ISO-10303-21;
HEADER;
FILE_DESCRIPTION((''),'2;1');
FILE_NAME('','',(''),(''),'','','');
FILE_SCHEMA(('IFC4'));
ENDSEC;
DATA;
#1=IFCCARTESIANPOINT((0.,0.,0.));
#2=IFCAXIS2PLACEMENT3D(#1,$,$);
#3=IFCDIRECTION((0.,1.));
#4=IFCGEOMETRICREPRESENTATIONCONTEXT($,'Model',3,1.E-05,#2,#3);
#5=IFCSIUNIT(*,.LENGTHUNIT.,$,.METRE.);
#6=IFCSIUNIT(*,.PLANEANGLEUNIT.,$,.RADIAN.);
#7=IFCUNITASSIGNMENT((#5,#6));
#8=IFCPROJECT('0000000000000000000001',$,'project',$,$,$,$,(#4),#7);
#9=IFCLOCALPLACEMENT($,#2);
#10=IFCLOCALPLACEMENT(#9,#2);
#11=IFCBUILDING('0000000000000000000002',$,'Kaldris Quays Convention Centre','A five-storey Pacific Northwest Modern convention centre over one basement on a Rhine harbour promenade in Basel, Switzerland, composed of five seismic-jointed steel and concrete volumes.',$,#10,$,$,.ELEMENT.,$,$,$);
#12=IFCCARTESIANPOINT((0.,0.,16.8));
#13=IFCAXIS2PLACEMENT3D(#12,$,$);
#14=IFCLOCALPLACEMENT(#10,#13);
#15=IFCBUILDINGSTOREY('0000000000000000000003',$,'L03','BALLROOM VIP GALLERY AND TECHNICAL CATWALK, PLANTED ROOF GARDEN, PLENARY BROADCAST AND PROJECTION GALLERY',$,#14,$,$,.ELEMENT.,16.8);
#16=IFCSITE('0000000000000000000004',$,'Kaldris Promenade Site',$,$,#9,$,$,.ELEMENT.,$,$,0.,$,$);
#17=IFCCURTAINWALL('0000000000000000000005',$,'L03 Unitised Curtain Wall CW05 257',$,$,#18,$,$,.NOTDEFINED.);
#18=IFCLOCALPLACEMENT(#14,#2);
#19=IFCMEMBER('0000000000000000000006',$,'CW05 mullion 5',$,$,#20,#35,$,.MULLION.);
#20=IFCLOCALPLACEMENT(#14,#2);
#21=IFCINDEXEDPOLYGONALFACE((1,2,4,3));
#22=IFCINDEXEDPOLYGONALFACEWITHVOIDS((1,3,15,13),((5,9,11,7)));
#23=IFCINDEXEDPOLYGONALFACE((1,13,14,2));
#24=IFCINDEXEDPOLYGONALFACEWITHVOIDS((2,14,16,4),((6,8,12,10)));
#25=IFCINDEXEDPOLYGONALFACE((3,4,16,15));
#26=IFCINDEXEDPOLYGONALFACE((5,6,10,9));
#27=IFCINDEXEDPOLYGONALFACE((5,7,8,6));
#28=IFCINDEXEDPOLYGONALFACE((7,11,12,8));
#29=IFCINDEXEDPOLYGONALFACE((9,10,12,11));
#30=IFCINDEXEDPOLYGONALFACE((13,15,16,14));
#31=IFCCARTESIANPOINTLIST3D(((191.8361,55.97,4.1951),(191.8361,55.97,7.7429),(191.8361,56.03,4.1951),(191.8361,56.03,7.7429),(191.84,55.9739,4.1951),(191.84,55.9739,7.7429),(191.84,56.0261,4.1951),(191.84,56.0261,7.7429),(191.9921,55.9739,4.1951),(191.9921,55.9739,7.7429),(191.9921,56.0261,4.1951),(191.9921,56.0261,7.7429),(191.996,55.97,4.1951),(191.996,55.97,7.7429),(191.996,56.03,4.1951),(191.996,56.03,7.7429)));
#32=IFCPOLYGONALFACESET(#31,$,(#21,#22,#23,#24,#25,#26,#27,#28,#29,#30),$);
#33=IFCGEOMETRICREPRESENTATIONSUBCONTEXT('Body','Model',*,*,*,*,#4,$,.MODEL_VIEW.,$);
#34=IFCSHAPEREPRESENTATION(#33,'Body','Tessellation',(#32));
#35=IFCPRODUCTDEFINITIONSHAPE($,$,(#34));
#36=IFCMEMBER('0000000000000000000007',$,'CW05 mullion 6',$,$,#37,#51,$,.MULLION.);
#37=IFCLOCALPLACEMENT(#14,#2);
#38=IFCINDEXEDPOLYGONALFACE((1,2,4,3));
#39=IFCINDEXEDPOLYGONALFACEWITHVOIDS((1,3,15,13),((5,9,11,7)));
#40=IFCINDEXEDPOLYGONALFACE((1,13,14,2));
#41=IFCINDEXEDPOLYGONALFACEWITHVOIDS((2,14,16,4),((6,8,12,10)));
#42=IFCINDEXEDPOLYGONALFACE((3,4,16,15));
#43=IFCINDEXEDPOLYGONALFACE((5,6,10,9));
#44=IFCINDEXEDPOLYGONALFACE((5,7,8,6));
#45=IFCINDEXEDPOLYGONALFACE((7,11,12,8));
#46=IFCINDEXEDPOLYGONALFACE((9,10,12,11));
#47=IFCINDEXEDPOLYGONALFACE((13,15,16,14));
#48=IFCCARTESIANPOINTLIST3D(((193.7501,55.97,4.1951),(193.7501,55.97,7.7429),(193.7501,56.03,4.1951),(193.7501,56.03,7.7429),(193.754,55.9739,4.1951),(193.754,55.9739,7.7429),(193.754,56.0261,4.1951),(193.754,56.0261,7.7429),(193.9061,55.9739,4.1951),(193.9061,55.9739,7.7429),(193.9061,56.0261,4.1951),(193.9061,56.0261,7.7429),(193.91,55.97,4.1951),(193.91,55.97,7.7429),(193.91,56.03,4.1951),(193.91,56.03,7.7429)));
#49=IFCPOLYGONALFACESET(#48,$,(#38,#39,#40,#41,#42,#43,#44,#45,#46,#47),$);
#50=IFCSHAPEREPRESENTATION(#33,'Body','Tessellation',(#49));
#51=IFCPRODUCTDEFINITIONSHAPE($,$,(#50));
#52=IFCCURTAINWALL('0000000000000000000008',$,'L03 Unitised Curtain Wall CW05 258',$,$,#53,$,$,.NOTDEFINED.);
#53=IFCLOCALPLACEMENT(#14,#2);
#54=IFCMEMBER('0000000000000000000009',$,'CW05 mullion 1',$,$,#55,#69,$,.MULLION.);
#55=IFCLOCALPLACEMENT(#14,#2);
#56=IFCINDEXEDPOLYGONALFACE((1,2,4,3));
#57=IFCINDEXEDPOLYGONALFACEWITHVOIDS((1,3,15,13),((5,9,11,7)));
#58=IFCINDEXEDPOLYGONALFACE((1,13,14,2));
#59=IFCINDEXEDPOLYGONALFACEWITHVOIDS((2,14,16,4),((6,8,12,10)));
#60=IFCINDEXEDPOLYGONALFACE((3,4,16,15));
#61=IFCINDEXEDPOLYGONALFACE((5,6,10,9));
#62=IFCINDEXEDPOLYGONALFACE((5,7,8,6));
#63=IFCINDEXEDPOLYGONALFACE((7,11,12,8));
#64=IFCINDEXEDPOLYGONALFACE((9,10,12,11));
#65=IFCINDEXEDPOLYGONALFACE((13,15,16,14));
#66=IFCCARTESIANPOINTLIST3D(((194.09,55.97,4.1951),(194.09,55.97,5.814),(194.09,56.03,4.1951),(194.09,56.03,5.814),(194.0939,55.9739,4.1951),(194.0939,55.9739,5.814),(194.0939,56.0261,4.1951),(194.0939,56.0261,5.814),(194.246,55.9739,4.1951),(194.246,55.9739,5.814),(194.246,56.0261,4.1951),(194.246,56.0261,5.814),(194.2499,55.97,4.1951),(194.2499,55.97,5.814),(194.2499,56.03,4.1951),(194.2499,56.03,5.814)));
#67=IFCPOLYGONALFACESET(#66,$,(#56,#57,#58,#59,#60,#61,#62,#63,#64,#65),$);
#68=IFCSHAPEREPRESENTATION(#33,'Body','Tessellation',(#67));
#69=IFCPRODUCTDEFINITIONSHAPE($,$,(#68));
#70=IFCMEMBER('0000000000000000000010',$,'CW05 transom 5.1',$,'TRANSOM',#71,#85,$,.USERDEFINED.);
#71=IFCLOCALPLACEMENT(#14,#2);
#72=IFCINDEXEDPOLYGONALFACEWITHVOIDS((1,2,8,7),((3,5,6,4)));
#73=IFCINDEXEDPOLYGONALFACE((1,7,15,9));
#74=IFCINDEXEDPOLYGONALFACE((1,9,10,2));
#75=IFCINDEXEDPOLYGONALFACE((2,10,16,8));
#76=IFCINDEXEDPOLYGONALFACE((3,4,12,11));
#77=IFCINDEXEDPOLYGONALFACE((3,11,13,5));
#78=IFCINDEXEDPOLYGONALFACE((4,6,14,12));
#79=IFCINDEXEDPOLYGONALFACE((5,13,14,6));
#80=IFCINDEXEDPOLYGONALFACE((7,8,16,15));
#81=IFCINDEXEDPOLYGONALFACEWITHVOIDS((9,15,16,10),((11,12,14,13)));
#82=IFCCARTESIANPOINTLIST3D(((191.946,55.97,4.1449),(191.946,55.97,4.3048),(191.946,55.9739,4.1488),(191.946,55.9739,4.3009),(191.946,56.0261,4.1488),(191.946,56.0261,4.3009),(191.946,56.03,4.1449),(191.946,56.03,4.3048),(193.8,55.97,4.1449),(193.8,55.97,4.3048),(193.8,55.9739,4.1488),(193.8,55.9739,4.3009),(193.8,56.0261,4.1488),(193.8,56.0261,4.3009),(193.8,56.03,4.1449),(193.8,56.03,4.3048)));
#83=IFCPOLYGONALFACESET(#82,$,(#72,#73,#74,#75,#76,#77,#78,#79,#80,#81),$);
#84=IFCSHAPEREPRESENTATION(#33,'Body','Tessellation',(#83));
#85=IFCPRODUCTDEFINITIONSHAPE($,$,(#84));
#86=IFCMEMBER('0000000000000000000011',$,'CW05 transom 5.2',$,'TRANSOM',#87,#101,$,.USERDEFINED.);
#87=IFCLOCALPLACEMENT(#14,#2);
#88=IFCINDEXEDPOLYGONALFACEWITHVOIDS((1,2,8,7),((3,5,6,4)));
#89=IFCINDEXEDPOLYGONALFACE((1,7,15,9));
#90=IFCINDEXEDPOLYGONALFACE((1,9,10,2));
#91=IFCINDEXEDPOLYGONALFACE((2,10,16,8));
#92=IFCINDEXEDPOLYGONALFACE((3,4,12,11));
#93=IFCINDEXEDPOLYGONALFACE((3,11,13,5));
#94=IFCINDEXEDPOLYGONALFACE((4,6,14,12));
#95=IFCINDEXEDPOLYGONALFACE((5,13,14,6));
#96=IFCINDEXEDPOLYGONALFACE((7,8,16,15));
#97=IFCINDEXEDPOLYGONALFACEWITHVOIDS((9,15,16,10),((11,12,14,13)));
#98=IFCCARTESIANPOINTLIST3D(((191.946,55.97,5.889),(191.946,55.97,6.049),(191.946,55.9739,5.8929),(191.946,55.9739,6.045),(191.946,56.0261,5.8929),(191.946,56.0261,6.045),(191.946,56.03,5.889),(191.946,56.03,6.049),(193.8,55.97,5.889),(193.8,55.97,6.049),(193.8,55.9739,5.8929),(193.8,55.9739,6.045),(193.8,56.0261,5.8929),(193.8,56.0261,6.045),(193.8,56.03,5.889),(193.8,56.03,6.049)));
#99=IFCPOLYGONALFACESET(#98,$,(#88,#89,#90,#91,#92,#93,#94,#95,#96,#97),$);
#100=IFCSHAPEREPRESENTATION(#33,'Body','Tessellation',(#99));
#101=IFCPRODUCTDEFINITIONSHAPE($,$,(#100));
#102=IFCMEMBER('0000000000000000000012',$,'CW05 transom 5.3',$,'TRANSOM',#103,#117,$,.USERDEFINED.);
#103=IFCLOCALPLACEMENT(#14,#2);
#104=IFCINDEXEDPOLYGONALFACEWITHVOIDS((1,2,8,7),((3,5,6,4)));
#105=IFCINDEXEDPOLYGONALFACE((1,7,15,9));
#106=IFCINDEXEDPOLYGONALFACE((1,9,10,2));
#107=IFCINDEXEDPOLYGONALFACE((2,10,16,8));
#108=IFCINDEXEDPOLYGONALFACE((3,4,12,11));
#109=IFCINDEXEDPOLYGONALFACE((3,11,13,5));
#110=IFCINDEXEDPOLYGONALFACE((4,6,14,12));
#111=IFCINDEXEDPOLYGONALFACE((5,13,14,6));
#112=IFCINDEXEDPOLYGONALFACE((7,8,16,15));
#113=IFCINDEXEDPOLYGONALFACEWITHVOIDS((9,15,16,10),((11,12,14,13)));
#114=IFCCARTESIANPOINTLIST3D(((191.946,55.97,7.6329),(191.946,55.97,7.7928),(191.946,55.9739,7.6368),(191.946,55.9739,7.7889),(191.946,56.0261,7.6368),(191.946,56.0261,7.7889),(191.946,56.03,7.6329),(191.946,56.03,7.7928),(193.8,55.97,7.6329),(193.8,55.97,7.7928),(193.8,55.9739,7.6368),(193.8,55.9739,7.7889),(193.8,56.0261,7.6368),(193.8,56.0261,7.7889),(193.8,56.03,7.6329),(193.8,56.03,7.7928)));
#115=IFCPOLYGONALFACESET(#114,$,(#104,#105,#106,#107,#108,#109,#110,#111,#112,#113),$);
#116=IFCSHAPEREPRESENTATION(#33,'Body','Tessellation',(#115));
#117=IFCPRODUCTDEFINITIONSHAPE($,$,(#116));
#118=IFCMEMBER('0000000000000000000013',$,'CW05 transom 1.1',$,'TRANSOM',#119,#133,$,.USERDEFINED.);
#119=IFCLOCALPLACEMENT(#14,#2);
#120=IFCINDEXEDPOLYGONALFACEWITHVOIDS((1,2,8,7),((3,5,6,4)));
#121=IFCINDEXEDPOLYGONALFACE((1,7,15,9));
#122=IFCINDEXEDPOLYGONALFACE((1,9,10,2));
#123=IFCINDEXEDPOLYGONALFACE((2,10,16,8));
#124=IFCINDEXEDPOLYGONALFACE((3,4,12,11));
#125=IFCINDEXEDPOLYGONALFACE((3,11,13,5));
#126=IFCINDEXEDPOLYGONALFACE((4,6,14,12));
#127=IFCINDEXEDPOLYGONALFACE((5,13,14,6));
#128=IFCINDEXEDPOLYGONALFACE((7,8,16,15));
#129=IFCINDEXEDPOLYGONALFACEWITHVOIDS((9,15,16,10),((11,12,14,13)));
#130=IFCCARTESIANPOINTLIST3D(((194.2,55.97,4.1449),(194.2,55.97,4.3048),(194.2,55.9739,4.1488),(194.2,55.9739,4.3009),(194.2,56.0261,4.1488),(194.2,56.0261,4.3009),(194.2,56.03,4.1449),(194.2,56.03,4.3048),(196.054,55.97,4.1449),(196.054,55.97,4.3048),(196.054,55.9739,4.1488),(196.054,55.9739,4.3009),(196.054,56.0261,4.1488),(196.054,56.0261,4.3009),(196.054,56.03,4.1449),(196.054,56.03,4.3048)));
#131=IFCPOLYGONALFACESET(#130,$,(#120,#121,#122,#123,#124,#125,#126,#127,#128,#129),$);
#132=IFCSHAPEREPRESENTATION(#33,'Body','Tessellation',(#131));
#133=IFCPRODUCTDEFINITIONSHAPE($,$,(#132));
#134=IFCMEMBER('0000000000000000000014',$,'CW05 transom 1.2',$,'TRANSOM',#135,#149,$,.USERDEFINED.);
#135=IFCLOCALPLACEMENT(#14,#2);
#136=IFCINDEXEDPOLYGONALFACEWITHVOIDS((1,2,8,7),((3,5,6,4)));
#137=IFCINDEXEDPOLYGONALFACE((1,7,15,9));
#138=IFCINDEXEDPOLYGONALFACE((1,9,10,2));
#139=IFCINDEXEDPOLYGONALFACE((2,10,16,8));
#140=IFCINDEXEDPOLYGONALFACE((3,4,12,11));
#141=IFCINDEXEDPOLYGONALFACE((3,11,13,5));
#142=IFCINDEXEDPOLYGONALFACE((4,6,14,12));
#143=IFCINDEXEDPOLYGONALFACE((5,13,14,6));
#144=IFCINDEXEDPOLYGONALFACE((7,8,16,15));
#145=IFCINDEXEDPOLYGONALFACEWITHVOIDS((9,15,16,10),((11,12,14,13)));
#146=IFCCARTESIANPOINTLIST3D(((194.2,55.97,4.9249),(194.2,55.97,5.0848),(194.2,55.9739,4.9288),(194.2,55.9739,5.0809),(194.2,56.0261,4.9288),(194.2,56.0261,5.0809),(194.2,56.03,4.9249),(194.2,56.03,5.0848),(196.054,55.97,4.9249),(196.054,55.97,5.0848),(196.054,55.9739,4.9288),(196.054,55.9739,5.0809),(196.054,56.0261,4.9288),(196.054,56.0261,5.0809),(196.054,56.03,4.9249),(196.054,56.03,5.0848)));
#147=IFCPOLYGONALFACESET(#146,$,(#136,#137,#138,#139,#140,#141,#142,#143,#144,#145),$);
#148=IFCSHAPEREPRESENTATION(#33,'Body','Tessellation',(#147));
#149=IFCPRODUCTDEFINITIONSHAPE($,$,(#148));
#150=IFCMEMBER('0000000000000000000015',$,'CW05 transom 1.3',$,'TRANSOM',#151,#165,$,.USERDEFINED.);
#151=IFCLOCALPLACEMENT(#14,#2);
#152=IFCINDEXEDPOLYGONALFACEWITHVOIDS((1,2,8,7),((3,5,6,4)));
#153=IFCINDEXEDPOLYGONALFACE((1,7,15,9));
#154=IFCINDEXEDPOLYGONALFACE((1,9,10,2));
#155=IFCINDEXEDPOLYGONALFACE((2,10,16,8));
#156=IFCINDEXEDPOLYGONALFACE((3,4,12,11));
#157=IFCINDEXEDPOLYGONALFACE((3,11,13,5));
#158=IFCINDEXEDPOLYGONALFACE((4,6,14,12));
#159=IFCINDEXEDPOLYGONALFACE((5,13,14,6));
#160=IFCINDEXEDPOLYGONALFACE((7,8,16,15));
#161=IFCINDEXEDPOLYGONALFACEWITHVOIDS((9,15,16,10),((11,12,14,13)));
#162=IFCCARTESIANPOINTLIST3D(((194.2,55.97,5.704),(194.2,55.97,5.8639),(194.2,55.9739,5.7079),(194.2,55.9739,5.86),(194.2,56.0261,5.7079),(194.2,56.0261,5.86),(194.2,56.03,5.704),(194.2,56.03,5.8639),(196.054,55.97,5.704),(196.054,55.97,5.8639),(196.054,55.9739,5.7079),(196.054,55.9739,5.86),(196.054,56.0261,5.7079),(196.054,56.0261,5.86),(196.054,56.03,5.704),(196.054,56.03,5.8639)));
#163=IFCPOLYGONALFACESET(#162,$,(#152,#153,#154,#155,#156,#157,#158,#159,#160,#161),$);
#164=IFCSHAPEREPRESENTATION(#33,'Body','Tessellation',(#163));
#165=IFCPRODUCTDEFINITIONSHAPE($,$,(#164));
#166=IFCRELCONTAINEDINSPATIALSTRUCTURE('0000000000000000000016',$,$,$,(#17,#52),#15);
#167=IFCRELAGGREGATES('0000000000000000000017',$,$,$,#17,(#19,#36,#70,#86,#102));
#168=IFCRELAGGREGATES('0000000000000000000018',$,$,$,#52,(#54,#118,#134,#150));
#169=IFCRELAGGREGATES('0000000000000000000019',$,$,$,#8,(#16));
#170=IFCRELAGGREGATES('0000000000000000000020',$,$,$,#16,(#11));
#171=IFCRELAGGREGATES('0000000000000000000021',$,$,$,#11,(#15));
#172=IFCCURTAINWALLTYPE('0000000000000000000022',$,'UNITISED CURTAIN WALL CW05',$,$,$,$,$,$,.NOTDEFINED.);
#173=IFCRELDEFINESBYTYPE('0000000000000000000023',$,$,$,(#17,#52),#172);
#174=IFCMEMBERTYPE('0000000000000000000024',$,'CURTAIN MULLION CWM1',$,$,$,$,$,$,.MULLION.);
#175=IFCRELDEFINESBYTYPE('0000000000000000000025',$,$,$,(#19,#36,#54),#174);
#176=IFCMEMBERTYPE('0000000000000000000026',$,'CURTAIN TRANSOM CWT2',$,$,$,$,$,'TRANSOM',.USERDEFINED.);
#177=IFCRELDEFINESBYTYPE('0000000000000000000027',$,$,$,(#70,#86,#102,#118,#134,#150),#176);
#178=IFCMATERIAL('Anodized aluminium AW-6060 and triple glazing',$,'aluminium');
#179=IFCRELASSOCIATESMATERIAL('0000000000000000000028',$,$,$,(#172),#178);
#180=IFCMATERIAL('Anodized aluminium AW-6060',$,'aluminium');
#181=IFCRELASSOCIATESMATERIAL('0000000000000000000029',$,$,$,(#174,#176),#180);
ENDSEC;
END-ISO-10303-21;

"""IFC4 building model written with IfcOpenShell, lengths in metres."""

from ifc_helpers import new_model, si_unit, direction, frame, origin, origin_2d, place, context, subcontext, project, spatial, hollow_rectangle, extrude, material, material_profile, profile_set, type_object, element, aggregate, save


model = new_model("IFC4")

# Units and contexts
model_context = context("Model", 3, precision=1e-05, world=origin(), true_north=direction((0.0, 1.0)))
body_context = subcontext(model_context, "Body", "Model", "MODEL_VIEW")
ifc_project = project(units=[si_unit("LENGTHUNIT", "METRE"), si_unit("PLANEANGLEUNIT", "RADIAN")], contexts=[model_context])

# Site, building, storey
site_placement = place(None, origin())
site = spatial("IfcSite", under=ifc_project, at=site_placement, Name="Kaldris Promenade Site", CompositionType="ELEMENT", RefElevation=0.0)
building_placement = place(site_placement, origin())
building = spatial("IfcBuilding", under=site, at=building_placement, Name="Kaldris Quays Convention Centre", Description="A five-storey Pacific Northwest Modern convention centre over one basement on a Rhine harbour promenade in Basel, Switzerland, composed of five seismic-jointed steel and concrete volumes.", CompositionType="ELEMENT")
storey_placement = place(building_placement, frame((0.0, 0.0, 16.8)))
storey = spatial("IfcBuildingStorey", under=building, at=storey_placement, Name="L03", Description="BALLROOM VIP GALLERY AND TECHNICAL CATWALK, PLANTED ROOF GARDEN, PLENARY BROADCAST AND PROJECTION GALLERY", CompositionType="ELEMENT", Elevation=16.8)

# Curtain wall, members
ifc_material_1 = material(Name="Anodized aluminium AW-6060 and triple glazing", Category="aluminium")
curtain_wall_type = type_object("IfcCurtainWallType", Name="UNITISED CURTAIN WALL CW05", PredefinedType="NOTDEFINED", material=ifc_material_1)
curtain_wall_1_placement = place(storey_placement, origin())
curtain_wall_1 = element("IfcCurtainWall", 1, at=curtain_wall_1_placement, inside=storey, type_object=curtain_wall_type, Name="L03 Unitised Curtain Wall CW05 257", PredefinedType="NOTDEFINED")
ifc_material_2 = material(Name="Anodized aluminium AW-6060", Category="aluminium")
ifc_material_profile_1 = material_profile(ifc_material_2, hollow_rectangle(XDim=0.0601, YDim=0.1599, WallThickness=0.0039, at=origin_2d()), Name="RHS 160x60x4")
ifc_profile_set_1 = profile_set([ifc_material_profile_1], Name="Anodized aluminium AW-6060")
member_type_1 = type_object("IfcMemberType", Name="CURTAIN MULLION CWM1", PredefinedType="MULLION", material=ifc_profile_set_1)
member_1_placement = place(storey_placement, frame((191.916, 56.0, 4.1951), z_axis=(0.0, 0.0, 1.0), x_axis=(0.0, 1.0, 0.0)))
member_1 = element("IfcMember", 2, at=member_1_placement, type_object=member_type_1, Name="CW05 mullion 5", PredefinedType="MULLION", context=body_context, shape_type="SweptSolid", body=[
    extrude(hollow_rectangle(XDim=0.0601, YDim=0.1599, WallThickness=0.0039, at=origin_2d()), origin(), (0.0, 0.0, 1.0), 3.5479),
])
member_2_placement = place(storey_placement, frame((193.8301, 56.0, 4.1951), z_axis=(0.0, 0.0, 1.0), x_axis=(0.0, 1.0, 0.0)))
member_2 = element("IfcMember", 3, at=member_2_placement, type_object=member_type_1, Name="CW05 mullion 6", PredefinedType="MULLION", context=body_context, shape_type="SweptSolid", body=[
    extrude(hollow_rectangle(XDim=0.0601, YDim=0.1599, WallThickness=0.0039, at=origin_2d()), origin(), (0.0, 0.0, 1.0), 3.5479),
])

# Curtain wall, member
curtain_wall_2_placement = place(storey_placement, origin())
curtain_wall_2 = element("IfcCurtainWall", 4, at=curtain_wall_2_placement, inside=storey, type_object=curtain_wall_type, Name="L03 Unitised Curtain Wall CW05 258", PredefinedType="NOTDEFINED")
member_3_placement = place(storey_placement, frame((194.1699, 56.0, 4.1951), z_axis=(0.0, 0.0, 1.0), x_axis=(0.0, 1.0, 0.0)))
member_3 = element("IfcMember", 5, at=member_3_placement, type_object=member_type_1, Name="CW05 mullion 1", PredefinedType="MULLION", context=body_context, shape_type="SweptSolid", body=[
    extrude(hollow_rectangle(XDim=0.0601, YDim=0.1599, WallThickness=0.0039, at=origin_2d()), origin(), (0.0, 0.0, 1.0), 1.6189),
])

# Members
ifc_material_profile_2 = material_profile(ifc_material_2, hollow_rectangle(XDim=0.0601, YDim=0.1599, WallThickness=0.0039, at=origin_2d()), Name="RHS 160x60x4")
ifc_profile_set_2 = profile_set([ifc_material_profile_2], Name="Anodized aluminium AW-6060")
member_type_2 = type_object("IfcMemberType", Name="CURTAIN TRANSOM CWT2", ElementType="TRANSOM", PredefinedType="USERDEFINED", material=ifc_profile_set_2)
member_4_placement = place(storey_placement, frame((191.946, 56.0, 4.2249), z_axis=(1.0, 0.0, 0.0), x_axis=(0.0, 1.0, 0.0)))
member_4 = element("IfcMember", 6, at=member_4_placement, type_object=member_type_2, Name="CW05 transom 5.1", ObjectType="TRANSOM", PredefinedType="USERDEFINED", context=body_context, shape_type="SweptSolid", body=[
    extrude(hollow_rectangle(XDim=0.0601, YDim=0.1599, WallThickness=0.0039, at=origin_2d()), origin(), (0.0, 0.0, 1.0), 1.854),
])
member_5_placement = place(storey_placement, frame((191.946, 56.0, 5.969), z_axis=(1.0, 0.0, 0.0), x_axis=(0.0, 1.0, 0.0)))
member_5 = element("IfcMember", 7, at=member_5_placement, type_object=member_type_2, Name="CW05 transom 5.2", ObjectType="TRANSOM", PredefinedType="USERDEFINED", context=body_context, shape_type="SweptSolid", body=[
    extrude(hollow_rectangle(XDim=0.0601, YDim=0.1599, WallThickness=0.0039, at=origin_2d()), origin(), (0.0, 0.0, 1.0), 1.854),
])
member_6_placement = place(storey_placement, frame((191.946, 56.0, 7.7129), z_axis=(1.0, 0.0, 0.0), x_axis=(0.0, 1.0, 0.0)))
member_6 = element("IfcMember", 8, at=member_6_placement, type_object=member_type_2, Name="CW05 transom 5.3", ObjectType="TRANSOM", PredefinedType="USERDEFINED", context=body_context, shape_type="SweptSolid", body=[
    extrude(hollow_rectangle(XDim=0.0601, YDim=0.1599, WallThickness=0.0039, at=origin_2d()), origin(), (0.0, 0.0, 1.0), 1.854),
])
member_7_placement = place(storey_placement, frame((194.2, 56.0, 4.2249), z_axis=(1.0, 0.0, 0.0), x_axis=(0.0, 1.0, 0.0)))
member_7 = element("IfcMember", 9, at=member_7_placement, type_object=member_type_2, Name="CW05 transom 1.1", ObjectType="TRANSOM", PredefinedType="USERDEFINED", context=body_context, shape_type="SweptSolid", body=[
    extrude(hollow_rectangle(XDim=0.0601, YDim=0.1599, WallThickness=0.0039, at=origin_2d()), origin(), (0.0, 0.0, 1.0), 1.854),
])
member_8_placement = place(storey_placement, frame((194.2, 56.0, 5.0049), z_axis=(1.0, 0.0, 0.0), x_axis=(0.0, 1.0, 0.0)))
member_8 = element("IfcMember", 10, at=member_8_placement, type_object=member_type_2, Name="CW05 transom 1.2", ObjectType="TRANSOM", PredefinedType="USERDEFINED", context=body_context, shape_type="SweptSolid", body=[
    extrude(hollow_rectangle(XDim=0.0601, YDim=0.1599, WallThickness=0.0039, at=origin_2d()), origin(), (0.0, 0.0, 1.0), 1.854),
])
member_9_placement = place(storey_placement, frame((194.2, 56.0, 5.7839), z_axis=(1.0, 0.0, 0.0), x_axis=(0.0, 1.0, 0.0)))
member_9 = element("IfcMember", 11, at=member_9_placement, type_object=member_type_2, Name="CW05 transom 1.3", ObjectType="TRANSOM", PredefinedType="USERDEFINED", context=body_context, shape_type="SweptSolid", body=[
    extrude(hollow_rectangle(XDim=0.0601, YDim=0.1599, WallThickness=0.0039, at=origin_2d()), origin(), (0.0, 0.0, 1.0), 1.854),
])

aggregate(curtain_wall_1, [member_1, member_2, member_4, member_5, member_6])
aggregate(curtain_wall_2, [member_3, member_7, member_8, member_9])

save(model, "model.ifc")
